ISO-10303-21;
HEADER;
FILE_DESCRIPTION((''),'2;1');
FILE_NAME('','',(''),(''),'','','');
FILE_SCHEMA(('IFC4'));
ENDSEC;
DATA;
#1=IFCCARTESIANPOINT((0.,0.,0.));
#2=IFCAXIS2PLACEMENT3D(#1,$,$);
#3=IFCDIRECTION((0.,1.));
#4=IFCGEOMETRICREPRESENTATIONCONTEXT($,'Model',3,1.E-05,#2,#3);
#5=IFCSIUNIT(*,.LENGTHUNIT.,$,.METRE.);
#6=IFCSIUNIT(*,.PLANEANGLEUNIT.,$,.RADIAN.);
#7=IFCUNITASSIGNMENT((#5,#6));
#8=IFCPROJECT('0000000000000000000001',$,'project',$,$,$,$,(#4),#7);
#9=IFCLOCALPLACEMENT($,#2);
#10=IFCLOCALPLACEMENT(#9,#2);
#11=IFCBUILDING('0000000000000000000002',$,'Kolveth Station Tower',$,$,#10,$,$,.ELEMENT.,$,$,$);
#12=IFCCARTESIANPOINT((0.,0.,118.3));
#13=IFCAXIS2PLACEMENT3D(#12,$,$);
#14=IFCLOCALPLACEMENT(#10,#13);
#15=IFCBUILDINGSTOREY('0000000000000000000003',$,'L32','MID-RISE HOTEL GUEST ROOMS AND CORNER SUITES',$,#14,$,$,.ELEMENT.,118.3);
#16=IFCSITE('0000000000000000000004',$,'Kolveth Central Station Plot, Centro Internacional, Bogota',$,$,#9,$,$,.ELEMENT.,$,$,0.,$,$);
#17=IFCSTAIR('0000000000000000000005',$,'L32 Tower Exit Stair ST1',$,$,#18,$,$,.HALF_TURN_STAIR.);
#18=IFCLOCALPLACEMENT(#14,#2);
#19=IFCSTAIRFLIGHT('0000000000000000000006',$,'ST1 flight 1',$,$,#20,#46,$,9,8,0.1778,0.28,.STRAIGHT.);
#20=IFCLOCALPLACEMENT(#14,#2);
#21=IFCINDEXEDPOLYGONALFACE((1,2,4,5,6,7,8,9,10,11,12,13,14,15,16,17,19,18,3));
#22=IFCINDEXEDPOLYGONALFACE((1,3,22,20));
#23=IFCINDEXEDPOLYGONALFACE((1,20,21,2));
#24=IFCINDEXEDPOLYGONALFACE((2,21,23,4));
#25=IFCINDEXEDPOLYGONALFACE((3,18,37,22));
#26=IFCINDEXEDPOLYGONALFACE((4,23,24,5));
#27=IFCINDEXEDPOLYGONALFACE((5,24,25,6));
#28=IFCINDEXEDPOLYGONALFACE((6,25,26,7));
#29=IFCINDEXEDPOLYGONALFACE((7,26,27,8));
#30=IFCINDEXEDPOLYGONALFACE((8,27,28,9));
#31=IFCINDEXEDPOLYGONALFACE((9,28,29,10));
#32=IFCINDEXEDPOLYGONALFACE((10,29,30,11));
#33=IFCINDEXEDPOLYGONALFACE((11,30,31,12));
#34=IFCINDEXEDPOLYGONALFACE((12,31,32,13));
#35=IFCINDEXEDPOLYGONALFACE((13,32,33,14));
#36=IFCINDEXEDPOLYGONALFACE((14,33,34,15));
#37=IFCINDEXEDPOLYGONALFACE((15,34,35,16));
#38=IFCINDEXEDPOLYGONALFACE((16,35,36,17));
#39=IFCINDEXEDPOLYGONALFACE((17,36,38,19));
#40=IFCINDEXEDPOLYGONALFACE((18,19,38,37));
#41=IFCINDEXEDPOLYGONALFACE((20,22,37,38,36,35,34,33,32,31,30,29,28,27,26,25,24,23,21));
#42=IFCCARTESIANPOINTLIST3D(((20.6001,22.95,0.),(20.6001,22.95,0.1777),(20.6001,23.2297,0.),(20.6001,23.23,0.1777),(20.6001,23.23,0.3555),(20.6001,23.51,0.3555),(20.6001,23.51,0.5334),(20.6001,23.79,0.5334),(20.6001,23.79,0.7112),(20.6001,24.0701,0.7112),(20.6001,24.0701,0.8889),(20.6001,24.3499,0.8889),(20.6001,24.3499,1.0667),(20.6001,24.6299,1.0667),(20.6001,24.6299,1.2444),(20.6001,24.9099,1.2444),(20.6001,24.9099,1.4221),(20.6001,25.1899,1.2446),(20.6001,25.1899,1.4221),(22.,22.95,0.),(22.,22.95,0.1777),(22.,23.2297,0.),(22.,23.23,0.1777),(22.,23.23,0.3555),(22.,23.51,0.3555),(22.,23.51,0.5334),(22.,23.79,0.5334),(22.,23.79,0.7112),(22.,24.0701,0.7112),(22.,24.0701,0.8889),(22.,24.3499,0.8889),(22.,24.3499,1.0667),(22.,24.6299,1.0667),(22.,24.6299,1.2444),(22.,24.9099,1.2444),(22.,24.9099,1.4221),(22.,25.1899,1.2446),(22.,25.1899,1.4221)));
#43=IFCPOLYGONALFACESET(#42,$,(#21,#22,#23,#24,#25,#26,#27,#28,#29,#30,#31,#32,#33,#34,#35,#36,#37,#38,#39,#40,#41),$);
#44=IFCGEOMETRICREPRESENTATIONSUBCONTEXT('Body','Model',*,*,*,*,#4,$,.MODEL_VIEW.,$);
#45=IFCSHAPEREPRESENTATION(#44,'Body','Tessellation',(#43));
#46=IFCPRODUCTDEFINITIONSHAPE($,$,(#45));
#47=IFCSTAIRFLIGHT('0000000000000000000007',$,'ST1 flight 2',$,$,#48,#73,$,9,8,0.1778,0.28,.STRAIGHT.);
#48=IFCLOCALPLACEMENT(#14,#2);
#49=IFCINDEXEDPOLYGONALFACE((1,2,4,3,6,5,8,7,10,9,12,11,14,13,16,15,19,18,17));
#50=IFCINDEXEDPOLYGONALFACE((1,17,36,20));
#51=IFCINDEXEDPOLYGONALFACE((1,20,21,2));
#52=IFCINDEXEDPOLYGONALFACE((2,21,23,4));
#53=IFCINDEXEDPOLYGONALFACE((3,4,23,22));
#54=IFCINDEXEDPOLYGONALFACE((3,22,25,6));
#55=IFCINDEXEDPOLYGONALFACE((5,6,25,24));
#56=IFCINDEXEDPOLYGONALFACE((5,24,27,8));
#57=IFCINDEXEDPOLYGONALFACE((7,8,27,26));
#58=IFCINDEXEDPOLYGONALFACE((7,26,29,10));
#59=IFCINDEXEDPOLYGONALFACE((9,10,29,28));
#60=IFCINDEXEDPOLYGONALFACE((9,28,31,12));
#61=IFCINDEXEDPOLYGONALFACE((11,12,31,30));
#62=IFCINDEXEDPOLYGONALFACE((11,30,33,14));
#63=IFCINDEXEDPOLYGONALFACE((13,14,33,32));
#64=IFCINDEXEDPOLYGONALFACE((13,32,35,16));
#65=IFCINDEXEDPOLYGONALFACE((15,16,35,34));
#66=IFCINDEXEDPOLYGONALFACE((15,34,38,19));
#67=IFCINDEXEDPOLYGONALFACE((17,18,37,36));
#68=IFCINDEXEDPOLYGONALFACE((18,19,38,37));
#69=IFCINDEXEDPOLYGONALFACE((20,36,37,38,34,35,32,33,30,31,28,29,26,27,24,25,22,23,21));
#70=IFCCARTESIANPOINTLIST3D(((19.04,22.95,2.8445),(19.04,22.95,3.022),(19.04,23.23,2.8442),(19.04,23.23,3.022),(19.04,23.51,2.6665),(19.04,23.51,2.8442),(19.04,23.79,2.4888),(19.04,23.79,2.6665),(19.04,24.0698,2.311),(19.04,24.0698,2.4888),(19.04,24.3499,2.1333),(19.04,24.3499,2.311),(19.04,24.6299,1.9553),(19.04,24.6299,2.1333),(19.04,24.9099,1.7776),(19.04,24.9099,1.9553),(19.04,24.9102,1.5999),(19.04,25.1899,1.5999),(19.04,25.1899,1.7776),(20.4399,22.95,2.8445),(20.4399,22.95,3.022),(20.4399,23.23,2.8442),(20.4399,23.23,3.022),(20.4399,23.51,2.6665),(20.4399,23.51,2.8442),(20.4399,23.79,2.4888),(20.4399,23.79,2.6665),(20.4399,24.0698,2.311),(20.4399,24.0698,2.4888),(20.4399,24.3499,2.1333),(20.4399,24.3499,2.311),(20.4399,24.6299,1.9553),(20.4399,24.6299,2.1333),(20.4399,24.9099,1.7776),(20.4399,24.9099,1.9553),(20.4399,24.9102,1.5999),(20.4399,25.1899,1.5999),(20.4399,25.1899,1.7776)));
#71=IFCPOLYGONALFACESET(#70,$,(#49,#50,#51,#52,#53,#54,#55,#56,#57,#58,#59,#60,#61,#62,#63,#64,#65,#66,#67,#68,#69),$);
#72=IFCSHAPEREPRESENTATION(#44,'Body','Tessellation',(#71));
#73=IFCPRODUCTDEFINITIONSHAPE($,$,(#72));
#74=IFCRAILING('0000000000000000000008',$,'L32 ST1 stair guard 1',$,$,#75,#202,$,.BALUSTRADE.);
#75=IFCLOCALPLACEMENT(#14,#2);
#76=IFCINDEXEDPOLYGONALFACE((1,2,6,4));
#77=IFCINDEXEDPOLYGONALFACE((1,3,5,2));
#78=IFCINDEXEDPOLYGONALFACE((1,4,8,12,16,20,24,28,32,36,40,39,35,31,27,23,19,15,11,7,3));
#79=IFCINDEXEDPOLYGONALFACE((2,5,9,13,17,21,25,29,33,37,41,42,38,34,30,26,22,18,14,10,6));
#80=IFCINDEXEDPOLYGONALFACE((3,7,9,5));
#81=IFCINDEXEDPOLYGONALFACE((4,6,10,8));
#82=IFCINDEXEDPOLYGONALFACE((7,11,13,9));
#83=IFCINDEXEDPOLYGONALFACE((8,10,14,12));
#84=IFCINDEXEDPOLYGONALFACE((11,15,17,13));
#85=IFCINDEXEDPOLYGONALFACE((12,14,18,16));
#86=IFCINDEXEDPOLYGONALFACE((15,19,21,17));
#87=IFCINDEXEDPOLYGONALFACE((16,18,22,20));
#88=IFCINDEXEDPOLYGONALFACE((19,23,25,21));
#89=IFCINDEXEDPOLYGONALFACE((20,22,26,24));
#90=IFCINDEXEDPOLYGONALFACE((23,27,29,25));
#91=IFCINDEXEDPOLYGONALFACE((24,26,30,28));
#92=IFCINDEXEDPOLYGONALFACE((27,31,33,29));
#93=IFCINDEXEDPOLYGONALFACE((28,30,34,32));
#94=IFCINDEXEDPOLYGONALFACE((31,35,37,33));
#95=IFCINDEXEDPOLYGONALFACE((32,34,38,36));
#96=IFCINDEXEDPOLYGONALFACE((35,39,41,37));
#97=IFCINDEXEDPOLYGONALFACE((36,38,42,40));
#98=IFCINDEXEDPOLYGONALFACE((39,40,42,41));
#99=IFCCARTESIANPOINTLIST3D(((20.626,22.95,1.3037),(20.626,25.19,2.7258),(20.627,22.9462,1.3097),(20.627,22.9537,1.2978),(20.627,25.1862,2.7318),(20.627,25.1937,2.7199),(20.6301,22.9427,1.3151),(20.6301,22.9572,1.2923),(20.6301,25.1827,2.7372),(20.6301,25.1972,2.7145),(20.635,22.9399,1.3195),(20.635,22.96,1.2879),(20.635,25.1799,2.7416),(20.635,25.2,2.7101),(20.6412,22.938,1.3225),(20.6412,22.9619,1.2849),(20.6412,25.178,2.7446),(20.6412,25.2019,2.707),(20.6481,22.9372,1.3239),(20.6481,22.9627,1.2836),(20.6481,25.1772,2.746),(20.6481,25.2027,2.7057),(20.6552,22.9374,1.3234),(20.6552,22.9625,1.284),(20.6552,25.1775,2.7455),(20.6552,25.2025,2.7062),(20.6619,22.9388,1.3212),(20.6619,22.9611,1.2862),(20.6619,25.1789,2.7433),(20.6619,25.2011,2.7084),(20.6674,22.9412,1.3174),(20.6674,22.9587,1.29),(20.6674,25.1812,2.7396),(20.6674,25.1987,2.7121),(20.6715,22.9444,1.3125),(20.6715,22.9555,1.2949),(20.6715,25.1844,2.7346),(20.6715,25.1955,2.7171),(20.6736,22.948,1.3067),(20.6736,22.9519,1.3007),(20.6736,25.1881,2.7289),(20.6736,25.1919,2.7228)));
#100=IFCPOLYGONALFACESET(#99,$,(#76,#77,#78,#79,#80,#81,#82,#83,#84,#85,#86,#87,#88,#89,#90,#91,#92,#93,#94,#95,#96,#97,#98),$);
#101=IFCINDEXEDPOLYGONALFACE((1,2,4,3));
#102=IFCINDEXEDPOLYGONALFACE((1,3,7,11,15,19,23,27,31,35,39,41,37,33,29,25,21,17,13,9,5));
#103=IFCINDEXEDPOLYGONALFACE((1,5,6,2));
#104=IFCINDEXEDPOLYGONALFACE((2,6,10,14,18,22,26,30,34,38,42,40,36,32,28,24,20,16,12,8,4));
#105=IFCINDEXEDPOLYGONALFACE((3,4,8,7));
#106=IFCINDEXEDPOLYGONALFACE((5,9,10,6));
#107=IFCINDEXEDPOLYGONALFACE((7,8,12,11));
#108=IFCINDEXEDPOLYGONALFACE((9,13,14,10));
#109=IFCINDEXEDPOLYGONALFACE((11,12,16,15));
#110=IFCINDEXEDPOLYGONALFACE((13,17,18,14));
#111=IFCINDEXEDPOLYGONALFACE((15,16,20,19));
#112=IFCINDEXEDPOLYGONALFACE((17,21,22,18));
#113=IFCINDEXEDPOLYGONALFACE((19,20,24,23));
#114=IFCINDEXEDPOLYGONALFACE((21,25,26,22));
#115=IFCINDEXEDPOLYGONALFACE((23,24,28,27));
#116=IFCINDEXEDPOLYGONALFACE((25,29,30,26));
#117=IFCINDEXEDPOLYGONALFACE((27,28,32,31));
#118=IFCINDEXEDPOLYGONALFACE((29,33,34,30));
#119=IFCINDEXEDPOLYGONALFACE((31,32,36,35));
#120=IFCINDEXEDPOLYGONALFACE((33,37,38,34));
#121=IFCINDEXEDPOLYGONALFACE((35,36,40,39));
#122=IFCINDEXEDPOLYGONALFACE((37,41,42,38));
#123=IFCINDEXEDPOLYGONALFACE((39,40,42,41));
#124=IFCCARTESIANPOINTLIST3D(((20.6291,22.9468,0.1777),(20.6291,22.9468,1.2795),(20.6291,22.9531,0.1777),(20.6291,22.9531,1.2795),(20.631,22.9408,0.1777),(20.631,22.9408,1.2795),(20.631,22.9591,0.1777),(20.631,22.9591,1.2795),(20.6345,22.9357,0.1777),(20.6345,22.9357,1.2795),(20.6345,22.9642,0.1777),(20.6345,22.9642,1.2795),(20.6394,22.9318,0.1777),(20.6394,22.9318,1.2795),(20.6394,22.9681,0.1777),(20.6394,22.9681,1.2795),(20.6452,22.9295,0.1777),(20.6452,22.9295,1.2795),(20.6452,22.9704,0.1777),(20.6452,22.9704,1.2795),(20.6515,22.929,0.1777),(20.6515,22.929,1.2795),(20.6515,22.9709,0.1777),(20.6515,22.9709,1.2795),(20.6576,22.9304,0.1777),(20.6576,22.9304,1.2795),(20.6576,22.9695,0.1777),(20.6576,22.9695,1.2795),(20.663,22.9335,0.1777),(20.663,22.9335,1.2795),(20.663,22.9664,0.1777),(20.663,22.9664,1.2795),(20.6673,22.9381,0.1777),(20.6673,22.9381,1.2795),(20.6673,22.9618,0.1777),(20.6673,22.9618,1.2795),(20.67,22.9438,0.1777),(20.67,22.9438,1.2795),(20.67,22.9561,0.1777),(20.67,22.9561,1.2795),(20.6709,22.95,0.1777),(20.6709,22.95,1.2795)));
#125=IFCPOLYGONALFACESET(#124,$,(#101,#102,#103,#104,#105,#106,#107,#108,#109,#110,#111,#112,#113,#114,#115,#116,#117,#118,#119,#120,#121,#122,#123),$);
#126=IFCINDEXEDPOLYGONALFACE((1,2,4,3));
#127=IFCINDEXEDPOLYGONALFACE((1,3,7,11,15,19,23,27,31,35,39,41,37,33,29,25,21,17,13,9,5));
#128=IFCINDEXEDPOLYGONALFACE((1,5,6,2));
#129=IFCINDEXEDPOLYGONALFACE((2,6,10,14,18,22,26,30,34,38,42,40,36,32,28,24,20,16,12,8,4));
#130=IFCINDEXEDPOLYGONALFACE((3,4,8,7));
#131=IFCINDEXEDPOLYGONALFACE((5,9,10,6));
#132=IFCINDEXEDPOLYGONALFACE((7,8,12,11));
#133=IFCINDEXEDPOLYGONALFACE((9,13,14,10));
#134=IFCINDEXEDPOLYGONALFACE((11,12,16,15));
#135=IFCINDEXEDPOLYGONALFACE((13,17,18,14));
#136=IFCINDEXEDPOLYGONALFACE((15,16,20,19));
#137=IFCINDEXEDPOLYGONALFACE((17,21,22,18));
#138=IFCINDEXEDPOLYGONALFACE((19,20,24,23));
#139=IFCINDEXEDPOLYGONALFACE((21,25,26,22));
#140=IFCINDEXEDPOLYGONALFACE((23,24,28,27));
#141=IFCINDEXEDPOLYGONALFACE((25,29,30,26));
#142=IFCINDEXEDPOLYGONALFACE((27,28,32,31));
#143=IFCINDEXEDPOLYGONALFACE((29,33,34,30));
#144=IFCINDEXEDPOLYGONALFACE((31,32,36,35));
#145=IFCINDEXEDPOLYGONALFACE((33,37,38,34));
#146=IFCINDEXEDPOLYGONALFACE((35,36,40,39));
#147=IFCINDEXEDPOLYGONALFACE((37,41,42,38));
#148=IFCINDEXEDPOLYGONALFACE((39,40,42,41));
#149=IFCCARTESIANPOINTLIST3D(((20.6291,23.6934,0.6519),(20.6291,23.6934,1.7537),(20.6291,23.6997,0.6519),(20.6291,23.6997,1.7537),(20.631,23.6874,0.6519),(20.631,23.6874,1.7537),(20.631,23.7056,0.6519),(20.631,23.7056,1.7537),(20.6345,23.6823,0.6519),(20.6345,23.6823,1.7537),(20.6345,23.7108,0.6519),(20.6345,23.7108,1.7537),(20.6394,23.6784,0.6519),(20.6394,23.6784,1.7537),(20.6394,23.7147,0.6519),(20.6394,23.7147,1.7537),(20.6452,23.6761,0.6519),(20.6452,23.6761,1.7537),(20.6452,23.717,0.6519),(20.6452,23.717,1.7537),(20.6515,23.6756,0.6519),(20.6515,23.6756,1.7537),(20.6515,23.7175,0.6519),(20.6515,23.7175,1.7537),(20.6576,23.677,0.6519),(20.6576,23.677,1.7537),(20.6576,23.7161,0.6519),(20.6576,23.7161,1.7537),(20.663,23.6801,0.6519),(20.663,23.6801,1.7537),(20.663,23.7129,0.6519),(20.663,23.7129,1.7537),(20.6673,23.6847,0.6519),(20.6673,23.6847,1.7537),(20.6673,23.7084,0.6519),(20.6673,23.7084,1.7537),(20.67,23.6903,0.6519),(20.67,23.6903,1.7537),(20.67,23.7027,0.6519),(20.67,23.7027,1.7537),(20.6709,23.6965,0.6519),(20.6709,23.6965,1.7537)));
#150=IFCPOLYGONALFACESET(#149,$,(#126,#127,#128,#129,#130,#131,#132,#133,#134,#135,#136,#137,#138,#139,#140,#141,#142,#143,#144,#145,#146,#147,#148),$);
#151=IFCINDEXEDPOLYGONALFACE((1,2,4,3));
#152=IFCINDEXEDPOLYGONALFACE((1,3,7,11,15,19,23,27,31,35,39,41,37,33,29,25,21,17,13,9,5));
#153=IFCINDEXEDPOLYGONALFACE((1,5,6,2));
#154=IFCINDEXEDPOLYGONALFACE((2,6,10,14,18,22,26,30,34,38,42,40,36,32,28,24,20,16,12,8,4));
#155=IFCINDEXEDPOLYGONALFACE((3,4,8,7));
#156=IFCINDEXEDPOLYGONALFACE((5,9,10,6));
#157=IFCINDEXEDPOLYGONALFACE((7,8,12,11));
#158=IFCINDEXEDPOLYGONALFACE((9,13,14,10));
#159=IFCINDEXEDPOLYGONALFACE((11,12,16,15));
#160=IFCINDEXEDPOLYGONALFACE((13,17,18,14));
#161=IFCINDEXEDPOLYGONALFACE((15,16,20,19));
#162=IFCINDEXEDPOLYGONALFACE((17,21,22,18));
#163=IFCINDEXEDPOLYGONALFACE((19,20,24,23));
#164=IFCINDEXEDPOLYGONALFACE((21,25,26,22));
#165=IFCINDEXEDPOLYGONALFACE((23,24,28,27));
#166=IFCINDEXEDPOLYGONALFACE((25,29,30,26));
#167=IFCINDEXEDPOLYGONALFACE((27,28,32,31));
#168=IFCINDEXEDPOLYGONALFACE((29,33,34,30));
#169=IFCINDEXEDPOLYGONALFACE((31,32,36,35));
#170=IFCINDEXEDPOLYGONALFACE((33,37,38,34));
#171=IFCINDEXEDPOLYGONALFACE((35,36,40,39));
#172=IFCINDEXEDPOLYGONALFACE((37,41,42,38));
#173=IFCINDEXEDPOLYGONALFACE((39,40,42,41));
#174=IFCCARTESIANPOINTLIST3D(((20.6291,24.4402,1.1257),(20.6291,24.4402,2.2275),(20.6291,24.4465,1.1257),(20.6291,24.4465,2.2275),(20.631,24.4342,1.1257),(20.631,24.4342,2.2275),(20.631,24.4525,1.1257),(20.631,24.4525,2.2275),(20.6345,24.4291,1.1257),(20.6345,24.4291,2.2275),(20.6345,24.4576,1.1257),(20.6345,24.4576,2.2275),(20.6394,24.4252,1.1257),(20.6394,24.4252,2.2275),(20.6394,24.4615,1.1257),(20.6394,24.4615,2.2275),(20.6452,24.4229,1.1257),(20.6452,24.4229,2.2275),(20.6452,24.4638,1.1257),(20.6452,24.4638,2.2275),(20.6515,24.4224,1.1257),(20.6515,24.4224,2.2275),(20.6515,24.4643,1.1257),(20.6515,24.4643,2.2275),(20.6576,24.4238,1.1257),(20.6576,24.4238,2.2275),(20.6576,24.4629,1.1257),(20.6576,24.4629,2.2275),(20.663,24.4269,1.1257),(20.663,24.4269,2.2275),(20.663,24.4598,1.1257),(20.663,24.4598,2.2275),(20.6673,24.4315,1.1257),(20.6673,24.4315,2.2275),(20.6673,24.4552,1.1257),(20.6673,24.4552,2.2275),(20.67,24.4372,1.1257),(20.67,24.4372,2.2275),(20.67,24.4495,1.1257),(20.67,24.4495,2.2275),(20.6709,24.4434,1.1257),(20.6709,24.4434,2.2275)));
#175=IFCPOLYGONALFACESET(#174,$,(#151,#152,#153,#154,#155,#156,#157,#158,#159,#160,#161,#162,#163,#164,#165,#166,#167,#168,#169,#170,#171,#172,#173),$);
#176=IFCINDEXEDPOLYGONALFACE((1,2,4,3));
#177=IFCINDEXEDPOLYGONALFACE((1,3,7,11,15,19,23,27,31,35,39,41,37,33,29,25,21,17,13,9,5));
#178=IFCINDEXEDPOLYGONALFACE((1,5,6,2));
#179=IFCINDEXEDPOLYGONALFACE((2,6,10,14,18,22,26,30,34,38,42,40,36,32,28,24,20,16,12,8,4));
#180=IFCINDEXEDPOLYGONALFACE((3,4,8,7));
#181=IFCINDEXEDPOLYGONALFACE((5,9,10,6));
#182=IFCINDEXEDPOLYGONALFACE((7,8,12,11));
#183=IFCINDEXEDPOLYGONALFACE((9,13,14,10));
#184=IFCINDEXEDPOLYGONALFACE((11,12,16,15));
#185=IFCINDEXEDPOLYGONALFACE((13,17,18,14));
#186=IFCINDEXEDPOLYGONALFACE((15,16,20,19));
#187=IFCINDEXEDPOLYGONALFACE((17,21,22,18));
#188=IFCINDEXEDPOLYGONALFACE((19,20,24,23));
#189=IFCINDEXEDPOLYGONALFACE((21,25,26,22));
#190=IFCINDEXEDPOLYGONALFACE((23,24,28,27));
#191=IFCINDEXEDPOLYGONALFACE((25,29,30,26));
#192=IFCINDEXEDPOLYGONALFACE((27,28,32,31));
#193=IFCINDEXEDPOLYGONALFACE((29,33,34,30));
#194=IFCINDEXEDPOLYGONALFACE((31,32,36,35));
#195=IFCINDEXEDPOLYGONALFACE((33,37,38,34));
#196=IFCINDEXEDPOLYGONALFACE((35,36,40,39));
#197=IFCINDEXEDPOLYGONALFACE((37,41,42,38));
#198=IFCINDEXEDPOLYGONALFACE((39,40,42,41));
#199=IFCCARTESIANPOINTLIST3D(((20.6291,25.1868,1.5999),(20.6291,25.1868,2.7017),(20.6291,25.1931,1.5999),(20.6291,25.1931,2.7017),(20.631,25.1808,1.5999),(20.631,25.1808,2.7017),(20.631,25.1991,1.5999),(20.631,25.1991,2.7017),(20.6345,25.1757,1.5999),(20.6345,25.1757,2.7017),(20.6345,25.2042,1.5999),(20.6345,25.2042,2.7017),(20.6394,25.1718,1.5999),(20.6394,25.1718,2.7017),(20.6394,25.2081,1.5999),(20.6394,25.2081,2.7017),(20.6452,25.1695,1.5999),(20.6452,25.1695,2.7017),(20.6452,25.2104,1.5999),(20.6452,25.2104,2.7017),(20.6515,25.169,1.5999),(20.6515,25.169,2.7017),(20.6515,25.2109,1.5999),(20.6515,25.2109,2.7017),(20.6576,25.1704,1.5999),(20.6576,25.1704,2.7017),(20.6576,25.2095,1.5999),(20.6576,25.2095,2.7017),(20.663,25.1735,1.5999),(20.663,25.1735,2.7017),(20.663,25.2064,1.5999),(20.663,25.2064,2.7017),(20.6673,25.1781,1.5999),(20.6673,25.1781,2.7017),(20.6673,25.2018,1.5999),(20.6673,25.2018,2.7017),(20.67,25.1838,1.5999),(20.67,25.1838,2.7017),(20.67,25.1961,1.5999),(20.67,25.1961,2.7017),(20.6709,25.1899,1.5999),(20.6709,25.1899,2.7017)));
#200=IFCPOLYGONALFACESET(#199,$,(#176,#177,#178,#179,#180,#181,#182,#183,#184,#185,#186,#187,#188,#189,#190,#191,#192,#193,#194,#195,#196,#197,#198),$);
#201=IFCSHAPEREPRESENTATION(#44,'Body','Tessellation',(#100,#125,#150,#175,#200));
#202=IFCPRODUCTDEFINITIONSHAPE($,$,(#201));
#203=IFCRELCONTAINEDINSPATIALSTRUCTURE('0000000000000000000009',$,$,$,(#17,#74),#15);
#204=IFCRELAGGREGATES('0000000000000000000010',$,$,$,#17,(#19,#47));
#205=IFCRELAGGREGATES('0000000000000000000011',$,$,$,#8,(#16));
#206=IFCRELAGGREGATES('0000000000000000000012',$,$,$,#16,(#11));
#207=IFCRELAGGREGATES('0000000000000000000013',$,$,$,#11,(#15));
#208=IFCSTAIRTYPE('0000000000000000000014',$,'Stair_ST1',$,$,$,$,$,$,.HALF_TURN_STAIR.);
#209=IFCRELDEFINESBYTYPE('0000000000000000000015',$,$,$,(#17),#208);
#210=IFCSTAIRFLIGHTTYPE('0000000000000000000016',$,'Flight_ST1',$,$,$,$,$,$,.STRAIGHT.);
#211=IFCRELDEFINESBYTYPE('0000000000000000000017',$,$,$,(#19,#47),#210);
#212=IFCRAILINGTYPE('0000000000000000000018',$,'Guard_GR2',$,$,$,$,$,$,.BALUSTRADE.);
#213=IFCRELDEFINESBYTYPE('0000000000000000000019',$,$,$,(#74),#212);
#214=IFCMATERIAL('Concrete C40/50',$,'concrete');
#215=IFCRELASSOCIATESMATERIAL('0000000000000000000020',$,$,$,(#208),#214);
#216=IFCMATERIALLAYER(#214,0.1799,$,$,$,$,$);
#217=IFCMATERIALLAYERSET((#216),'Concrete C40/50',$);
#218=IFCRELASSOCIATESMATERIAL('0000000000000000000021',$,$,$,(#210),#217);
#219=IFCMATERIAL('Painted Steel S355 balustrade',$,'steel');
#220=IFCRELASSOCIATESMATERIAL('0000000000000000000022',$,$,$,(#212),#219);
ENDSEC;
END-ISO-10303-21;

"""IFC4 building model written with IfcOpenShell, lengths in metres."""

from ifc_helpers import new_model, si_unit, direction, frame, origin, origin_2d, place, context, subcontext, project, spatial, polyline, circle, outline, extrude, material, layer, layer_set, type_object, element, aggregate, save


model = new_model("IFC4")

# Units and contexts
model_context = context("Model", 3, precision=1e-05, world=origin(), true_north=direction((0.0, 1.0)))
body_context = subcontext(model_context, "Body", "Model", "MODEL_VIEW")
ifc_project = project(units=[si_unit("LENGTHUNIT", "METRE"), si_unit("PLANEANGLEUNIT", "RADIAN")], contexts=[model_context])

# Site, building, storey
site_placement = place(None, origin())
site = spatial("IfcSite", under=ifc_project, at=site_placement, Name="Kolveth Central Station Plot, Centro Internacional, Bogota", CompositionType="ELEMENT", RefElevation=0.0)
building_placement = place(site_placement, origin())
building = spatial("IfcBuilding", under=site, at=building_placement, Name="Kolveth Station Tower", CompositionType="ELEMENT")
storey_placement = place(building_placement, frame((0.0, 0.0, 118.3)))
storey = spatial("IfcBuildingStorey", under=building, at=storey_placement, Name="L32", Description="MID-RISE HOTEL GUEST ROOMS AND CORNER SUITES", CompositionType="ELEMENT", Elevation=118.3)

# Shared definitions
ifc_material_1 = material(Name="Concrete C40/50", Category="concrete")

# Stair, stair flights
stair_type = type_object("IfcStairType", Name="Stair_ST1", PredefinedType="HALF_TURN_STAIR", material=ifc_material_1)
stair_placement = place(storey_placement, origin())
stair = element("IfcStair", 1, at=stair_placement, inside=storey, type_object=stair_type, Name="L32 Tower Exit Stair ST1", PredefinedType="HALF_TURN_STAIR")
ifc_layer_1 = layer(ifc_material_1, 0.1799)
ifc_layer_set_1 = layer_set([ifc_layer_1], Name="Concrete C40/50")
stair_flight_type = type_object("IfcStairFlightType", Name="Flight_ST1", PredefinedType="STRAIGHT", material=ifc_layer_set_1)
stair_flight_1_placement = place(storey_placement, frame((21.3, 22.95, 0.0), z_axis=(0.0, 0.0, 1.0), x_axis=(0.0, 1.0, 0.0)))
stair_flight_1 = element("IfcStairFlight", 2, at=stair_flight_1_placement, type_object=stair_flight_type, Name="ST1 flight 1", NumberOfRisers=9, NumberOfTreads=8, PredefinedType="STRAIGHT", RiserHeight=0.1778, TreadLength=0.28, context=body_context, shape_type="SweptSolid", body=[
    extrude(outline(polyline([(0.0, 0.0), (0.0, 0.1777), (0.28, 0.1777), (0.28, 0.3555), (0.5601, 0.3555), (0.5601, 0.5334), (0.8401, 0.5334), (0.8401, 0.7112), (1.1201, 0.7112), (1.1201, 0.8889), (1.3999, 0.8889), (1.3999, 1.0667), (1.6799, 1.0667), (1.6799, 1.2444), (1.96, 1.2444), (1.96, 1.4221), (2.24, 1.4221), (2.24, 1.6001), (2.24, 1.2446), (0.2798, 0.0), (0.0, 0.0)])), frame((0.0, 0.7, 0.0), z_axis=(0.0, -1.0, 0.0), x_axis=(1.0, 0.0, 0.0)), (0.0, 0.0, 1.0), 1.3999),
])
stair_flight_2_placement = place(storey_placement, frame((19.74, 25.1899, 1.5999), z_axis=(0.0, 0.0, 1.0), x_axis=(0.0, -1.0, 0.0)))
stair_flight_2 = element("IfcStairFlight", 3, at=stair_flight_2_placement, type_object=stair_flight_type, Name="ST1 flight 2", NumberOfRisers=9, NumberOfTreads=8, PredefinedType="STRAIGHT", RiserHeight=0.1778, TreadLength=0.28, context=body_context, shape_type="SweptSolid", body=[
    extrude(outline(polyline([(0.0, 0.0), (0.0, 0.1777), (0.28, 0.1777), (0.28, 0.3555), (0.5601, 0.3555), (0.5601, 0.5334), (0.8401, 0.5334), (0.8401, 0.7112), (1.1201, 0.7112), (1.1201, 0.8889), (1.3999, 0.8889), (1.3999, 1.0667), (1.6799, 1.0667), (1.6799, 1.2444), (1.96, 1.2444), (1.96, 1.4221), (2.24, 1.4221), (2.24, 1.6001), (2.24, 1.2446), (0.2798, 0.0), (0.0, 0.0)])), frame((0.0, 0.7, 0.0), z_axis=(0.0, -1.0, 0.0), x_axis=(1.0, 0.0, 0.0)), (0.0, 0.0, 1.0), 1.3999),
])
aggregate(stair, [stair_flight_1, stair_flight_2])

# Railing
ifc_material_2 = material(Name="Painted Steel S355 balustrade", Category="steel")
railing_type_1 = type_object("IfcRailingType", Name="Guard_GR2", PredefinedType="BALUSTRADE", material=ifc_material_2)
railing_1_placement = place(storey_placement, frame((20.6499, 22.95, 0.1777)))
element("IfcRailing", 4, at=railing_1_placement, inside=storey, type_object=railing_type_1, Name="L32 ST1 stair guard 1", PredefinedType="BALUSTRADE", context=body_context, shape_type="SweptSolid", body=[
    extrude(circle(Radius=0.0239, at=origin_2d()), frame((0.0, 0.0, 1.126), z_axis=(0.0, 0.844229, 0.535982), x_axis=(-1.0, 0.0, 0.0)), (0.0, 0.0, 1.0), 2.6533),
    extrude(circle(Radius=0.021, at=origin_2d()), origin(), (0.0, 0.0, 1.0), 1.1018),
    extrude(circle(Radius=0.021, at=origin_2d()), frame((0.0, 0.7466, 0.4741)), (0.0, 0.0, 1.0), 1.1018),
    extrude(circle(Radius=0.021, at=origin_2d()), frame((0.0, 1.4934, 0.948)), (0.0, 0.0, 1.0), 1.1018),
    extrude(circle(Radius=0.021, at=origin_2d()), frame((0.0, 2.24, 1.4221)), (0.0, 0.0, 1.0), 1.1018),
])

save(model, "model.ifc")
